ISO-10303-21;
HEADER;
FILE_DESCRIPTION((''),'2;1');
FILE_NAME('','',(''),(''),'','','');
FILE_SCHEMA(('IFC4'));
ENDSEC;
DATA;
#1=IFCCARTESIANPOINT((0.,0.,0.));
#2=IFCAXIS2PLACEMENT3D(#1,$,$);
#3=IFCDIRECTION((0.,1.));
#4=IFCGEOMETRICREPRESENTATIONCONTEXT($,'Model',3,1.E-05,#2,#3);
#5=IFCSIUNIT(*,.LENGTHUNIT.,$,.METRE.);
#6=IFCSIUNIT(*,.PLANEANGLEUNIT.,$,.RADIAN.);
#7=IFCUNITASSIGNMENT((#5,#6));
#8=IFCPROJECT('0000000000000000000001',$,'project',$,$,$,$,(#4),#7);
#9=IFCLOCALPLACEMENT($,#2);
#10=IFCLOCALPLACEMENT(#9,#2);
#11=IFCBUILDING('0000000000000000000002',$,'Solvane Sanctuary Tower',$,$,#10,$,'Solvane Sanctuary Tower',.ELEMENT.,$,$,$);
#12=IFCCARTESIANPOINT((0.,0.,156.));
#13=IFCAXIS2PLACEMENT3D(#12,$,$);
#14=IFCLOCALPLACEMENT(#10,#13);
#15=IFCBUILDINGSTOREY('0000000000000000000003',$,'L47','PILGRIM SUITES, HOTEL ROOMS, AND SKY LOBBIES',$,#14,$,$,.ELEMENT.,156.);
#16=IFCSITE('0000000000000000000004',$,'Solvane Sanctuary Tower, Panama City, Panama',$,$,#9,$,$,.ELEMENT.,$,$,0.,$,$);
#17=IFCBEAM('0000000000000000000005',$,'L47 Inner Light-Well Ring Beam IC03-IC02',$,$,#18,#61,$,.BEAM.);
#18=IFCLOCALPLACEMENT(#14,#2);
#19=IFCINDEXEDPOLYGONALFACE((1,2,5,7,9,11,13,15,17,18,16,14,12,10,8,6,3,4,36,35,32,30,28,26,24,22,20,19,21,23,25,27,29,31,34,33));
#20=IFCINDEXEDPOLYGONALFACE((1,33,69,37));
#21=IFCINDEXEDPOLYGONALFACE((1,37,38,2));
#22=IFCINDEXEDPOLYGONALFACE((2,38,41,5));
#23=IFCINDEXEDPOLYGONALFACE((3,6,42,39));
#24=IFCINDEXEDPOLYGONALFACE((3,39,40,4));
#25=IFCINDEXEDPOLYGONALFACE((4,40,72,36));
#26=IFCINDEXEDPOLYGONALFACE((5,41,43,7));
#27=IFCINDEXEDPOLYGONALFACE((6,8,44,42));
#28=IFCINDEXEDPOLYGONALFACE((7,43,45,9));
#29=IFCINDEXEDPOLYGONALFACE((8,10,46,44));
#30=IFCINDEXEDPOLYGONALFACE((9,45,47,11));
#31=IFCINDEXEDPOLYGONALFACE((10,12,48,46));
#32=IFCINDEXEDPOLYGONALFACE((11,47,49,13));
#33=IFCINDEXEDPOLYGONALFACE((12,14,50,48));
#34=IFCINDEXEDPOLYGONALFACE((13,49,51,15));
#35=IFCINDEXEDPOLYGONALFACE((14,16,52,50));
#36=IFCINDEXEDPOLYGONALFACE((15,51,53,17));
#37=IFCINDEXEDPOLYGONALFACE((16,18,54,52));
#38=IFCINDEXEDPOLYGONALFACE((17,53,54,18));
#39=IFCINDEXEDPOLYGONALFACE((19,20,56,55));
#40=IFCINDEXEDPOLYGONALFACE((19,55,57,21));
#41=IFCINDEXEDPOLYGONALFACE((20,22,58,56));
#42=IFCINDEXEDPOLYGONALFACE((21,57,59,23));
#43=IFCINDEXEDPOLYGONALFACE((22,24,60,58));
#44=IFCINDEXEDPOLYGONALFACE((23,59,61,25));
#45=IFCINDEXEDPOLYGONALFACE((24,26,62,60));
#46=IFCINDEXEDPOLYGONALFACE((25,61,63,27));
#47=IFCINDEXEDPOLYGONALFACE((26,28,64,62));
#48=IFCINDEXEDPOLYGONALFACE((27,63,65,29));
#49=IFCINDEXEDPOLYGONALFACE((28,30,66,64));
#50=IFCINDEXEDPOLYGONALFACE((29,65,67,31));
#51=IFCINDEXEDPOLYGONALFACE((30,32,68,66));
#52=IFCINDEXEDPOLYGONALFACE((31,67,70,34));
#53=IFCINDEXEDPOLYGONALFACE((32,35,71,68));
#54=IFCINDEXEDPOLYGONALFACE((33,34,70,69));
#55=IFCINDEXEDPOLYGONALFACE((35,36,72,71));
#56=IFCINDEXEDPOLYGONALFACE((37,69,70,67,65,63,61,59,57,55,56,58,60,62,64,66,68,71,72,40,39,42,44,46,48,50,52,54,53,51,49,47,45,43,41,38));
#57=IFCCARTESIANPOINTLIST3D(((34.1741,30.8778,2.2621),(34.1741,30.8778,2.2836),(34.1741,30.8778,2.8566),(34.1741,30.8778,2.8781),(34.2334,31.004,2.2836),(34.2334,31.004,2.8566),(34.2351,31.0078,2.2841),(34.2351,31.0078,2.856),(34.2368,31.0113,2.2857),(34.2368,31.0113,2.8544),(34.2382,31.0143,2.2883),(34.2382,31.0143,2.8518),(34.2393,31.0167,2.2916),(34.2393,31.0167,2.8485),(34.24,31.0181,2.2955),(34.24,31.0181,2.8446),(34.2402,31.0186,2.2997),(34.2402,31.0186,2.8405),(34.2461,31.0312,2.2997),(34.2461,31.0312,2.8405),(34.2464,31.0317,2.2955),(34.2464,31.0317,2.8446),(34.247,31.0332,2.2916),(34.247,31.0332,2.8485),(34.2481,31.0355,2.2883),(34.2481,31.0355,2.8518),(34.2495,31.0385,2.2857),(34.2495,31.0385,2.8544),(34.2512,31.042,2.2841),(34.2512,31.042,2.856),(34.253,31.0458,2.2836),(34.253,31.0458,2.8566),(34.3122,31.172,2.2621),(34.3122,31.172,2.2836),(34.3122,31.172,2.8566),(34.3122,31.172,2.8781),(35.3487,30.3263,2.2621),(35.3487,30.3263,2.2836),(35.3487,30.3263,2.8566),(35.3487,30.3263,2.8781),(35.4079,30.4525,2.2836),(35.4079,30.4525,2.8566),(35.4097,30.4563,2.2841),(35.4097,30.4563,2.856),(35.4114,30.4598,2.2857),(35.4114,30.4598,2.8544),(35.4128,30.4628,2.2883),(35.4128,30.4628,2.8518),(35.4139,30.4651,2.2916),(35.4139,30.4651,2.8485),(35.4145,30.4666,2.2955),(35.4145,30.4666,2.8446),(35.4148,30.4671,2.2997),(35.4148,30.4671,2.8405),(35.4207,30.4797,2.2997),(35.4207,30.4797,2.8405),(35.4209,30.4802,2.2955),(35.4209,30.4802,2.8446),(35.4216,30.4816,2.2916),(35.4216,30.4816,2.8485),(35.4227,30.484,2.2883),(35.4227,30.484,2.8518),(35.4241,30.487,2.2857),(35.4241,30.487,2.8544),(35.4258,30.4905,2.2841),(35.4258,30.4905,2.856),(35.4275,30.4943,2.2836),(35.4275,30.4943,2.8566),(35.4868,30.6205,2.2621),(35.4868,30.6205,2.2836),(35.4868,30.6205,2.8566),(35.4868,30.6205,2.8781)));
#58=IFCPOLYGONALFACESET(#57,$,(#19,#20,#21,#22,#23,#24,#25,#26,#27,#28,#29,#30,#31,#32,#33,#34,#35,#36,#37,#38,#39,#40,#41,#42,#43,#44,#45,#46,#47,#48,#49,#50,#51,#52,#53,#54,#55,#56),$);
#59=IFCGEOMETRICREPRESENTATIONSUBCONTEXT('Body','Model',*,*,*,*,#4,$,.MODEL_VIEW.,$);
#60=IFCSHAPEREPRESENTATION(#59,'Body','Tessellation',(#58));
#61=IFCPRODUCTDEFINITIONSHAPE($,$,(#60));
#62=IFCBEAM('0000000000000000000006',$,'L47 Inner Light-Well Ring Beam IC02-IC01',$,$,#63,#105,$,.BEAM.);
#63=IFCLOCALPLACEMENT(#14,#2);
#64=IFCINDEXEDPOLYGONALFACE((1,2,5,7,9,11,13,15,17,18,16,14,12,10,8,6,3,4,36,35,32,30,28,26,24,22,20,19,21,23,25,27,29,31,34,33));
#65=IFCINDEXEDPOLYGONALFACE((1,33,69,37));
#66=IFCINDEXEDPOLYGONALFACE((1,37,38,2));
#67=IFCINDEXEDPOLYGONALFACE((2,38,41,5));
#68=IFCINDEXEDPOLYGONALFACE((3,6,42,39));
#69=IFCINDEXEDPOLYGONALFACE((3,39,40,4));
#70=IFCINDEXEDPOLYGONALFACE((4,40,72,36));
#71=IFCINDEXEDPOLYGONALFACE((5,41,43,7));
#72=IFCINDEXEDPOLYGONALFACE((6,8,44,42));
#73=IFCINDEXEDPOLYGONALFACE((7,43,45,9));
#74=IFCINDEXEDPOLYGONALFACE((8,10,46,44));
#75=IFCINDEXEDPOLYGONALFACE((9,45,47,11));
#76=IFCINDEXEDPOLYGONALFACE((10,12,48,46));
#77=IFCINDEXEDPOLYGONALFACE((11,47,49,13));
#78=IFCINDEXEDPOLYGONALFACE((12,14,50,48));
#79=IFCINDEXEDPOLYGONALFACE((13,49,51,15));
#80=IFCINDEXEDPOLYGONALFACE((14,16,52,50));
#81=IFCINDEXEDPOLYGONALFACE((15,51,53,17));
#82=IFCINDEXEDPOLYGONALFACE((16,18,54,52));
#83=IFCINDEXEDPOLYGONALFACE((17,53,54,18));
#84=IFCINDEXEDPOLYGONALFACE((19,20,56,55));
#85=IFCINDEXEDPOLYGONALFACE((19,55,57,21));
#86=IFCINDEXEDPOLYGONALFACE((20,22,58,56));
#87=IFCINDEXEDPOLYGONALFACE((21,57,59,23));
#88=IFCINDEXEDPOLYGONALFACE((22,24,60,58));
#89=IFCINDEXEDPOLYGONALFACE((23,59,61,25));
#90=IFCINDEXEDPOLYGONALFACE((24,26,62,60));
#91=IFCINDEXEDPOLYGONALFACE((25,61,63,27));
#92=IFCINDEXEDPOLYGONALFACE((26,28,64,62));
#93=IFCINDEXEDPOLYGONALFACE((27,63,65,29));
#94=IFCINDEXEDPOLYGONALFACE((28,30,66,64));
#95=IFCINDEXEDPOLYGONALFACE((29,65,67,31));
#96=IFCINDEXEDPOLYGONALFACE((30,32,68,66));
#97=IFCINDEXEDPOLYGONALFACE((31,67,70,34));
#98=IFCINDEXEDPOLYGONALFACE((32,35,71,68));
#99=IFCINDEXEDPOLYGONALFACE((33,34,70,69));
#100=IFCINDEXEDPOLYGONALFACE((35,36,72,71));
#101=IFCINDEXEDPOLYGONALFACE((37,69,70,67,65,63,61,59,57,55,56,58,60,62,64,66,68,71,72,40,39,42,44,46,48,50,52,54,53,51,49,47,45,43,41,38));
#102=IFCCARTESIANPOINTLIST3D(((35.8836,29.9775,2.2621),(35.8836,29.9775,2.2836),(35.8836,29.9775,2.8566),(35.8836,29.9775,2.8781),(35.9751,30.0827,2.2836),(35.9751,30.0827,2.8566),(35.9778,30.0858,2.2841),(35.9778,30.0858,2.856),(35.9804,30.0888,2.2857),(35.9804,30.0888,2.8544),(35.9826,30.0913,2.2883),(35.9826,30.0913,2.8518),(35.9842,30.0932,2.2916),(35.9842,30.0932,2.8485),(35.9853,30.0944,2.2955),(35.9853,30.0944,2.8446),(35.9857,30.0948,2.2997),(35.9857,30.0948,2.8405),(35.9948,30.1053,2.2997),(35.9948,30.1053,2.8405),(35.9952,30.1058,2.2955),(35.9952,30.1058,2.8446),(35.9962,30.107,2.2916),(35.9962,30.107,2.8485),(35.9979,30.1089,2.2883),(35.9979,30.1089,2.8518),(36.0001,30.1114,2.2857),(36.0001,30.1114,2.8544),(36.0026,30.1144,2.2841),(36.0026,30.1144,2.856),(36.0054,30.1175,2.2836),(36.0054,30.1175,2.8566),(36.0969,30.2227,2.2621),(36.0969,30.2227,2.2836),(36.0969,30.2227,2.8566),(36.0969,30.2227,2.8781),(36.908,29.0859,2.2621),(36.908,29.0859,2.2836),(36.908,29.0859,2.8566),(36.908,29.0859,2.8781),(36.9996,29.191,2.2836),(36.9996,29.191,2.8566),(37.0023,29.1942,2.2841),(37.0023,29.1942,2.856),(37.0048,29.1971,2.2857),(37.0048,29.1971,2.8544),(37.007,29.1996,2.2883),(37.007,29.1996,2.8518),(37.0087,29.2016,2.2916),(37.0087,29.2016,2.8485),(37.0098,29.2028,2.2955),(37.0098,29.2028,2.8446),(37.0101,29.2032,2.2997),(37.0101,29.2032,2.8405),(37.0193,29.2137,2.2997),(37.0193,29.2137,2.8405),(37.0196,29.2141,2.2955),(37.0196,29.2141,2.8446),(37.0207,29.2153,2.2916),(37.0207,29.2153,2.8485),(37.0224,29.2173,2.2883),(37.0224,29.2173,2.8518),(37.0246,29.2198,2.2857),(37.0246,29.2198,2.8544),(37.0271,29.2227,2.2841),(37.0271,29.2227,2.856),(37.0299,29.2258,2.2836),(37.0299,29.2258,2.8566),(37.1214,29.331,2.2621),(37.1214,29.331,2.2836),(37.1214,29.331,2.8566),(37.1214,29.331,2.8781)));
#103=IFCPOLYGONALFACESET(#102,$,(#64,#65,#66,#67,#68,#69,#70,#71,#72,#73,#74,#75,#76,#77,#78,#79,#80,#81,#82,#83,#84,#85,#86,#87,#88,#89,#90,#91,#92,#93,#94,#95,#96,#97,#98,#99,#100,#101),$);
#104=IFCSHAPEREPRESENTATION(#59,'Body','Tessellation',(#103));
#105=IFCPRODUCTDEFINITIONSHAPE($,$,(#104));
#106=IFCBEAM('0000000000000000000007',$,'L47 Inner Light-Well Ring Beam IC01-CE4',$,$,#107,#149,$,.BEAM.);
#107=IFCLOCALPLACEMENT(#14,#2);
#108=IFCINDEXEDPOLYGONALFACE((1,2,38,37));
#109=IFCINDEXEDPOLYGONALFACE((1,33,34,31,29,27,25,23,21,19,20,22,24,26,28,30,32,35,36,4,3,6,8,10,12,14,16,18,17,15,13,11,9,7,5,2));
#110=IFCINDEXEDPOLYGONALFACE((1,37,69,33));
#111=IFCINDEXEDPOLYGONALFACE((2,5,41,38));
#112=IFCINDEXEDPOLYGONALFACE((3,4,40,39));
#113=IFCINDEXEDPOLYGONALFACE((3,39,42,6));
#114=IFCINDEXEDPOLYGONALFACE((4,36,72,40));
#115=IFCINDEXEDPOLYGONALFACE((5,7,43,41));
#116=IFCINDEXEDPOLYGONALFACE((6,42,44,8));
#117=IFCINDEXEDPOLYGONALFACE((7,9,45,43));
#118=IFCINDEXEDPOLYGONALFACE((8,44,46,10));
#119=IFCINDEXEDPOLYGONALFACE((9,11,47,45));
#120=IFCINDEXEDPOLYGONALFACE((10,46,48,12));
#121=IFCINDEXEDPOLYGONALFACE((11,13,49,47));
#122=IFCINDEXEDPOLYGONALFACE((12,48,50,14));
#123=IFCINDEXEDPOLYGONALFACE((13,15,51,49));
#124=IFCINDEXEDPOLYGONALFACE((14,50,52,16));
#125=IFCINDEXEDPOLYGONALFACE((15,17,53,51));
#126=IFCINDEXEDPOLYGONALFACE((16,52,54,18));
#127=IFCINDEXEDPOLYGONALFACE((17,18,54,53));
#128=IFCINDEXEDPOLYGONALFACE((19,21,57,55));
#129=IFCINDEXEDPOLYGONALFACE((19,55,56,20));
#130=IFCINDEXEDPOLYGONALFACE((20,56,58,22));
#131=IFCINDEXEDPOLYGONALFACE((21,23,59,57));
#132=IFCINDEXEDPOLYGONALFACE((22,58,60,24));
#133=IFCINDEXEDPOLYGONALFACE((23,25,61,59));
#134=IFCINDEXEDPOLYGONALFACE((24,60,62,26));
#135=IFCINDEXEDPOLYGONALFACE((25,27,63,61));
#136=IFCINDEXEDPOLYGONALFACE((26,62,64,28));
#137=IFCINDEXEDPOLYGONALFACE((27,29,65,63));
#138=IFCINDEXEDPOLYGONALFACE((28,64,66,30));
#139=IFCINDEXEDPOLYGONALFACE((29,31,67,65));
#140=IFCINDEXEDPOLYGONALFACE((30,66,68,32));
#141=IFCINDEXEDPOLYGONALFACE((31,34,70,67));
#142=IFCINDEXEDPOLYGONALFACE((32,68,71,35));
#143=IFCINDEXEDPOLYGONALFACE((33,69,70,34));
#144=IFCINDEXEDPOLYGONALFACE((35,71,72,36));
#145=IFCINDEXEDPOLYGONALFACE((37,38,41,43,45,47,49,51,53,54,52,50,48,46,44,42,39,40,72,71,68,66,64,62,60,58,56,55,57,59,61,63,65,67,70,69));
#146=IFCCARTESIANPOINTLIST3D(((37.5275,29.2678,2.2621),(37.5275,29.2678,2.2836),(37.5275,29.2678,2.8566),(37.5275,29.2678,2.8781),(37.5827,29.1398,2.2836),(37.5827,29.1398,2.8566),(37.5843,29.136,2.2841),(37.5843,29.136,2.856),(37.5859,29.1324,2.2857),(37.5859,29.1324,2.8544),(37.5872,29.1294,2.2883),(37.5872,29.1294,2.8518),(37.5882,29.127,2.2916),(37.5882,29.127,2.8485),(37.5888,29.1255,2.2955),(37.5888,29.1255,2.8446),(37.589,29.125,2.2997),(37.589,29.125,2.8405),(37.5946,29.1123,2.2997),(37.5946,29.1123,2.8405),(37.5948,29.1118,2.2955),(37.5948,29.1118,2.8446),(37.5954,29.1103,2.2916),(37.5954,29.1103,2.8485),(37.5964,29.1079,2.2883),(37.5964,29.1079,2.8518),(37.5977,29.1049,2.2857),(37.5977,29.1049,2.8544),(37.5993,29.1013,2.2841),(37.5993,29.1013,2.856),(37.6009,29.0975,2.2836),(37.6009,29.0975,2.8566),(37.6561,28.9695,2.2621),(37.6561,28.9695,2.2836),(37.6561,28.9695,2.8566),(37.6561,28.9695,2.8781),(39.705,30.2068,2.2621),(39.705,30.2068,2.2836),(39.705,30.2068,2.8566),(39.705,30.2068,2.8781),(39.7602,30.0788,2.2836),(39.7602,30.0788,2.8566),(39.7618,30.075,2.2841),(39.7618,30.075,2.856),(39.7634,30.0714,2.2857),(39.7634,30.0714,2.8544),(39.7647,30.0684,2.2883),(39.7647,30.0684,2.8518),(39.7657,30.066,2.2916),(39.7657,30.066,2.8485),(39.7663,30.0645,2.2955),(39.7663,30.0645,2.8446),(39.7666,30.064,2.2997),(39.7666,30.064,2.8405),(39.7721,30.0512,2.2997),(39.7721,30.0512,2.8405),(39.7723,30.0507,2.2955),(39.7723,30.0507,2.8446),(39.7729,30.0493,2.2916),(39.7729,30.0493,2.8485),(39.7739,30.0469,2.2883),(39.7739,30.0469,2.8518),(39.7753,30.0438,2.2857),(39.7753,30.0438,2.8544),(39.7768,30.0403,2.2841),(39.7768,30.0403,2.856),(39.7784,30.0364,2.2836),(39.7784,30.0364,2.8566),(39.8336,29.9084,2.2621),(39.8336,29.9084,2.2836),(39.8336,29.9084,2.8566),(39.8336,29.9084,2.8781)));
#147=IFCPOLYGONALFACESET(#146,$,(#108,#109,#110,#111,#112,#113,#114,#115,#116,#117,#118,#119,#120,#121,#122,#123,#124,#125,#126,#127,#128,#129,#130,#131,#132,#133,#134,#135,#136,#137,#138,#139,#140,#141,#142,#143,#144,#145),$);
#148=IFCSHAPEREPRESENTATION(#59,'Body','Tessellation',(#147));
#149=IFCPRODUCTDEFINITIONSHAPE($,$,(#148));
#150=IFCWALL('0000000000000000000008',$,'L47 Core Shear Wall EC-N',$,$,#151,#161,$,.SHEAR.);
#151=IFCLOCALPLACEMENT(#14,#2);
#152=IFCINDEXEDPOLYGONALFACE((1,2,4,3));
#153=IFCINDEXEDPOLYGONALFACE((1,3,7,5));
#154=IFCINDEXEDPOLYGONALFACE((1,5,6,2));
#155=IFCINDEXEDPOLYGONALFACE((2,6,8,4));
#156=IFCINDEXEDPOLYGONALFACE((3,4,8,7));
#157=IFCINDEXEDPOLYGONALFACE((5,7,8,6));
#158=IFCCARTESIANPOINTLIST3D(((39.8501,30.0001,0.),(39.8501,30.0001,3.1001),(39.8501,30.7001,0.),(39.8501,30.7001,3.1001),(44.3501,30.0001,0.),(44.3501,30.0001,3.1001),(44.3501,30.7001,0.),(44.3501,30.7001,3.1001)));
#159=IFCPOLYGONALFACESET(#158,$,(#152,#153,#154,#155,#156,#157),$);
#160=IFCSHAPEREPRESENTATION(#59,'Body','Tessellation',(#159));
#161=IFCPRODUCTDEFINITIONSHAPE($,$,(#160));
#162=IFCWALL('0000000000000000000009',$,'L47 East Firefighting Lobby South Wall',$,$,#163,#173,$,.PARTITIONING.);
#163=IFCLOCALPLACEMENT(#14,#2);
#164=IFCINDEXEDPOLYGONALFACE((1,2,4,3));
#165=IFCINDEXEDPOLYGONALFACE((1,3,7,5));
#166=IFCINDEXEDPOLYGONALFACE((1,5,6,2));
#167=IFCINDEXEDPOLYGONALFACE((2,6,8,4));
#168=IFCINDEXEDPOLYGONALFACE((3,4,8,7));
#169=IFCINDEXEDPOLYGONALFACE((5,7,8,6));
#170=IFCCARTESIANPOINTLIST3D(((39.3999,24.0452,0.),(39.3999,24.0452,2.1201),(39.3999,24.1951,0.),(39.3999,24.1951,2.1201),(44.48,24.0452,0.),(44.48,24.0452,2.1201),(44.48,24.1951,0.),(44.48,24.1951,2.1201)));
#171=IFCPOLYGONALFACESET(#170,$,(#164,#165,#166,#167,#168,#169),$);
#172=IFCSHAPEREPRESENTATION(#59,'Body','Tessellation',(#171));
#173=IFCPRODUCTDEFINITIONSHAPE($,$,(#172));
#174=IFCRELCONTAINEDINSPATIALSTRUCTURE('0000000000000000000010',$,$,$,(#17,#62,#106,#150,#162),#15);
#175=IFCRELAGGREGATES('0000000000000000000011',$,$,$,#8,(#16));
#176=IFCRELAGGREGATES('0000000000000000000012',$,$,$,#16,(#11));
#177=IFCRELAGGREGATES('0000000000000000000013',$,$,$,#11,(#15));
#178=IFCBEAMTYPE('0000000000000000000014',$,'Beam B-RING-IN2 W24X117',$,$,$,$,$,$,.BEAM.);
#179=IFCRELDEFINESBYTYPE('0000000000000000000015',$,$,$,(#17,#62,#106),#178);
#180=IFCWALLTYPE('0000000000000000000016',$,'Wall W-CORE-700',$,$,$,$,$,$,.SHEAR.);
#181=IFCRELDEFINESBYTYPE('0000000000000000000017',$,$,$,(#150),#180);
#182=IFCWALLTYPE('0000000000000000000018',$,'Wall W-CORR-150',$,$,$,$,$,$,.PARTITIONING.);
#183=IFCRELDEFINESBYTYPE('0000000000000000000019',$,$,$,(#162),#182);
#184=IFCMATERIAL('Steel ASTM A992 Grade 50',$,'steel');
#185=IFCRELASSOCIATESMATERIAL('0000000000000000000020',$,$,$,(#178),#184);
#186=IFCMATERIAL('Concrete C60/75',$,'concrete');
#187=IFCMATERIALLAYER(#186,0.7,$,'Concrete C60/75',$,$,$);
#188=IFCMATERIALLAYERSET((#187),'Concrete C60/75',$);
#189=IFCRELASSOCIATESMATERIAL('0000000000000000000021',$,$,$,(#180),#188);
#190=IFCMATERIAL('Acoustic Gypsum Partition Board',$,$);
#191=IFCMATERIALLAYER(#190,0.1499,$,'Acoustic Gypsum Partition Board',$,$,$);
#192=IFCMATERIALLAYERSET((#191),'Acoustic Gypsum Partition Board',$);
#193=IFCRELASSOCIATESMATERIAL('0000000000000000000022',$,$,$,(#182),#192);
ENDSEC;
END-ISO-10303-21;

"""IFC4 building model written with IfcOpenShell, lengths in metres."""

from ifc_helpers import new_model, si_unit, direction, frame, frame_2d, origin, origin_2d, place, context, subcontext, project, spatial, rectangle, i_section, extrude, material, layer, layer_set, material_profile, profile_set, type_object, element, save


model = new_model("IFC4")

# Units and contexts
model_context = context("Model", 3, precision=1e-05, world=origin(), true_north=direction((0.0, 1.0)))
body_context = subcontext(model_context, "Body", "Model", "MODEL_VIEW")
ifc_project = project(units=[si_unit("LENGTHUNIT", "METRE"), si_unit("PLANEANGLEUNIT", "RADIAN")], contexts=[model_context])

# Site, building, storey
site_placement = place(None, origin())
site = spatial("IfcSite", under=ifc_project, at=site_placement, Name="Solvane Sanctuary Tower, Panama City, Panama", CompositionType="ELEMENT", RefElevation=0.0)
building_placement = place(site_placement, origin())
building = spatial("IfcBuilding", under=site, at=building_placement, Name="Solvane Sanctuary Tower", LongName="Solvane Sanctuary Tower", CompositionType="ELEMENT")
storey_placement = place(building_placement, frame((0.0, 0.0, 156.0)))
storey = spatial("IfcBuildingStorey", under=building, at=storey_placement, Name="L47", Description="PILGRIM SUITES, HOTEL ROOMS, AND SKY LOBBIES", CompositionType="ELEMENT", Elevation=156.0)

# Beams
ifc_material_1 = material(Name="Steel ASTM A992 Grade 50", Category="steel")
ifc_material_profile_1 = material_profile(ifc_material_1, i_section(OverallWidth=0.325, OverallDepth=0.616, WebThickness=0.0139, FlangeThickness=0.0215, FilletRadius=0.0161, at=origin_2d()), Name="W24X117")
ifc_profile_set_1 = profile_set([ifc_material_profile_1], Name="Steel ASTM A992 Grade 50")
beam_type_1 = type_object("IfcBeamType", Name="Beam B-RING-IN2 W24X117", PredefinedType="BEAM", material=ifc_profile_set_1)
beam_1_placement = place(storey_placement, frame((34.2432, 31.0249, 2.5701), z_axis=(0.905181, -0.425027, 0.0), x_axis=(0.425027, 0.905181, 0.0)))
element("IfcBeam", 1, at=beam_1_placement, inside=storey, type_object=beam_type_1, Name="L47 Inner Light-Well Ring Beam IC03-IC02", PredefinedType="BEAM", context=body_context, shape_type="SweptSolid", body=[
    extrude(i_section(OverallWidth=0.325, OverallDepth=0.616, WebThickness=0.0139, FlangeThickness=0.0215, FilletRadius=0.0161, at=origin_2d()), origin(), (0.0, 0.0, 1.0), 1.2976),
])
beam_2_placement = place(storey_placement, frame((35.9902, 30.1001, 2.5701), z_axis=(0.754311, -0.656517, 0.0), x_axis=(0.656517, 0.754311, 0.0)))
element("IfcBeam", 2, at=beam_2_placement, inside=storey, type_object=beam_type_1, Name="L47 Inner Light-Well Ring Beam IC02-IC01", PredefinedType="BEAM", context=body_context, shape_type="SweptSolid", body=[
    extrude(i_section(OverallWidth=0.325, OverallDepth=0.616, WebThickness=0.0139, FlangeThickness=0.0215, FilletRadius=0.0161, at=origin_2d()), origin(), (0.0, 0.0, 1.0), 1.3582),
])
beam_3_placement = place(storey_placement, frame((37.5918, 29.1187, 2.5701), z_axis=(0.918264, 0.395969, 0.0), x_axis=(-0.395969, 0.918264, 0.0)))
element("IfcBeam", 3, at=beam_3_placement, inside=storey, type_object=beam_type_1, Name="L47 Inner Light-Well Ring Beam IC01-CE4", PredefinedType="BEAM", context=body_context, shape_type="SweptSolid", body=[
    extrude(i_section(OverallWidth=0.325, OverallDepth=0.616, WebThickness=0.0139, FlangeThickness=0.0215, FilletRadius=0.0161, at=origin_2d()), origin(), (0.0, 0.0, 1.0), 2.3713),
])

# Walls
ifc_material_2 = material(Name="Concrete C60/75", Category="concrete")
ifc_layer_1 = layer(ifc_material_2, 0.7, Name="Concrete C60/75")
ifc_layer_set_1 = layer_set([ifc_layer_1], Name="Concrete C60/75")
wall_type_1 = type_object("IfcWallType", Name="Wall W-CORE-700", PredefinedType="SHEAR", material=ifc_layer_set_1)
wall_1_placement = place(storey_placement, frame((39.8501, 30.3501, 0.0), z_axis=(0.0, 0.0, 1.0), x_axis=(1.0, 0.0, 0.0)))
element("IfcWall", 4, at=wall_1_placement, inside=storey, type_object=wall_type_1, Name="L47 Core Shear Wall EC-N", PredefinedType="SHEAR", context=body_context, shape_type="SweptSolid", body=[
    extrude(rectangle(XDim=4.5, YDim=0.7, at=frame_2d((2.25, 0.0))), origin(), (0.0, 0.0, 1.0), 3.1001),
])
ifc_material_3 = material(Name="Acoustic Gypsum Partition Board")
ifc_layer_2 = layer(ifc_material_3, 0.1499, Name="Acoustic Gypsum Partition Board")
ifc_layer_set_2 = layer_set([ifc_layer_2], Name="Acoustic Gypsum Partition Board")
wall_type_2 = type_object("IfcWallType", Name="Wall W-CORR-150", PredefinedType="PARTITIONING", material=ifc_layer_set_2)
wall_2_placement = place(storey_placement, frame((39.3999, 24.1201, 0.0), z_axis=(0.0, 0.0, 1.0), x_axis=(1.0, 0.0, 0.0)))
element("IfcWall", 5, at=wall_2_placement, inside=storey, type_object=wall_type_2, Name="L47 East Firefighting Lobby South Wall", PredefinedType="PARTITIONING", context=body_context, shape_type="SweptSolid", body=[
    extrude(rectangle(XDim=5.0801, YDim=0.1499, at=frame_2d((2.54, 0.0))), origin(), (0.0, 0.0, 1.0), 2.1201),
])

save(model, "model.ifc")
